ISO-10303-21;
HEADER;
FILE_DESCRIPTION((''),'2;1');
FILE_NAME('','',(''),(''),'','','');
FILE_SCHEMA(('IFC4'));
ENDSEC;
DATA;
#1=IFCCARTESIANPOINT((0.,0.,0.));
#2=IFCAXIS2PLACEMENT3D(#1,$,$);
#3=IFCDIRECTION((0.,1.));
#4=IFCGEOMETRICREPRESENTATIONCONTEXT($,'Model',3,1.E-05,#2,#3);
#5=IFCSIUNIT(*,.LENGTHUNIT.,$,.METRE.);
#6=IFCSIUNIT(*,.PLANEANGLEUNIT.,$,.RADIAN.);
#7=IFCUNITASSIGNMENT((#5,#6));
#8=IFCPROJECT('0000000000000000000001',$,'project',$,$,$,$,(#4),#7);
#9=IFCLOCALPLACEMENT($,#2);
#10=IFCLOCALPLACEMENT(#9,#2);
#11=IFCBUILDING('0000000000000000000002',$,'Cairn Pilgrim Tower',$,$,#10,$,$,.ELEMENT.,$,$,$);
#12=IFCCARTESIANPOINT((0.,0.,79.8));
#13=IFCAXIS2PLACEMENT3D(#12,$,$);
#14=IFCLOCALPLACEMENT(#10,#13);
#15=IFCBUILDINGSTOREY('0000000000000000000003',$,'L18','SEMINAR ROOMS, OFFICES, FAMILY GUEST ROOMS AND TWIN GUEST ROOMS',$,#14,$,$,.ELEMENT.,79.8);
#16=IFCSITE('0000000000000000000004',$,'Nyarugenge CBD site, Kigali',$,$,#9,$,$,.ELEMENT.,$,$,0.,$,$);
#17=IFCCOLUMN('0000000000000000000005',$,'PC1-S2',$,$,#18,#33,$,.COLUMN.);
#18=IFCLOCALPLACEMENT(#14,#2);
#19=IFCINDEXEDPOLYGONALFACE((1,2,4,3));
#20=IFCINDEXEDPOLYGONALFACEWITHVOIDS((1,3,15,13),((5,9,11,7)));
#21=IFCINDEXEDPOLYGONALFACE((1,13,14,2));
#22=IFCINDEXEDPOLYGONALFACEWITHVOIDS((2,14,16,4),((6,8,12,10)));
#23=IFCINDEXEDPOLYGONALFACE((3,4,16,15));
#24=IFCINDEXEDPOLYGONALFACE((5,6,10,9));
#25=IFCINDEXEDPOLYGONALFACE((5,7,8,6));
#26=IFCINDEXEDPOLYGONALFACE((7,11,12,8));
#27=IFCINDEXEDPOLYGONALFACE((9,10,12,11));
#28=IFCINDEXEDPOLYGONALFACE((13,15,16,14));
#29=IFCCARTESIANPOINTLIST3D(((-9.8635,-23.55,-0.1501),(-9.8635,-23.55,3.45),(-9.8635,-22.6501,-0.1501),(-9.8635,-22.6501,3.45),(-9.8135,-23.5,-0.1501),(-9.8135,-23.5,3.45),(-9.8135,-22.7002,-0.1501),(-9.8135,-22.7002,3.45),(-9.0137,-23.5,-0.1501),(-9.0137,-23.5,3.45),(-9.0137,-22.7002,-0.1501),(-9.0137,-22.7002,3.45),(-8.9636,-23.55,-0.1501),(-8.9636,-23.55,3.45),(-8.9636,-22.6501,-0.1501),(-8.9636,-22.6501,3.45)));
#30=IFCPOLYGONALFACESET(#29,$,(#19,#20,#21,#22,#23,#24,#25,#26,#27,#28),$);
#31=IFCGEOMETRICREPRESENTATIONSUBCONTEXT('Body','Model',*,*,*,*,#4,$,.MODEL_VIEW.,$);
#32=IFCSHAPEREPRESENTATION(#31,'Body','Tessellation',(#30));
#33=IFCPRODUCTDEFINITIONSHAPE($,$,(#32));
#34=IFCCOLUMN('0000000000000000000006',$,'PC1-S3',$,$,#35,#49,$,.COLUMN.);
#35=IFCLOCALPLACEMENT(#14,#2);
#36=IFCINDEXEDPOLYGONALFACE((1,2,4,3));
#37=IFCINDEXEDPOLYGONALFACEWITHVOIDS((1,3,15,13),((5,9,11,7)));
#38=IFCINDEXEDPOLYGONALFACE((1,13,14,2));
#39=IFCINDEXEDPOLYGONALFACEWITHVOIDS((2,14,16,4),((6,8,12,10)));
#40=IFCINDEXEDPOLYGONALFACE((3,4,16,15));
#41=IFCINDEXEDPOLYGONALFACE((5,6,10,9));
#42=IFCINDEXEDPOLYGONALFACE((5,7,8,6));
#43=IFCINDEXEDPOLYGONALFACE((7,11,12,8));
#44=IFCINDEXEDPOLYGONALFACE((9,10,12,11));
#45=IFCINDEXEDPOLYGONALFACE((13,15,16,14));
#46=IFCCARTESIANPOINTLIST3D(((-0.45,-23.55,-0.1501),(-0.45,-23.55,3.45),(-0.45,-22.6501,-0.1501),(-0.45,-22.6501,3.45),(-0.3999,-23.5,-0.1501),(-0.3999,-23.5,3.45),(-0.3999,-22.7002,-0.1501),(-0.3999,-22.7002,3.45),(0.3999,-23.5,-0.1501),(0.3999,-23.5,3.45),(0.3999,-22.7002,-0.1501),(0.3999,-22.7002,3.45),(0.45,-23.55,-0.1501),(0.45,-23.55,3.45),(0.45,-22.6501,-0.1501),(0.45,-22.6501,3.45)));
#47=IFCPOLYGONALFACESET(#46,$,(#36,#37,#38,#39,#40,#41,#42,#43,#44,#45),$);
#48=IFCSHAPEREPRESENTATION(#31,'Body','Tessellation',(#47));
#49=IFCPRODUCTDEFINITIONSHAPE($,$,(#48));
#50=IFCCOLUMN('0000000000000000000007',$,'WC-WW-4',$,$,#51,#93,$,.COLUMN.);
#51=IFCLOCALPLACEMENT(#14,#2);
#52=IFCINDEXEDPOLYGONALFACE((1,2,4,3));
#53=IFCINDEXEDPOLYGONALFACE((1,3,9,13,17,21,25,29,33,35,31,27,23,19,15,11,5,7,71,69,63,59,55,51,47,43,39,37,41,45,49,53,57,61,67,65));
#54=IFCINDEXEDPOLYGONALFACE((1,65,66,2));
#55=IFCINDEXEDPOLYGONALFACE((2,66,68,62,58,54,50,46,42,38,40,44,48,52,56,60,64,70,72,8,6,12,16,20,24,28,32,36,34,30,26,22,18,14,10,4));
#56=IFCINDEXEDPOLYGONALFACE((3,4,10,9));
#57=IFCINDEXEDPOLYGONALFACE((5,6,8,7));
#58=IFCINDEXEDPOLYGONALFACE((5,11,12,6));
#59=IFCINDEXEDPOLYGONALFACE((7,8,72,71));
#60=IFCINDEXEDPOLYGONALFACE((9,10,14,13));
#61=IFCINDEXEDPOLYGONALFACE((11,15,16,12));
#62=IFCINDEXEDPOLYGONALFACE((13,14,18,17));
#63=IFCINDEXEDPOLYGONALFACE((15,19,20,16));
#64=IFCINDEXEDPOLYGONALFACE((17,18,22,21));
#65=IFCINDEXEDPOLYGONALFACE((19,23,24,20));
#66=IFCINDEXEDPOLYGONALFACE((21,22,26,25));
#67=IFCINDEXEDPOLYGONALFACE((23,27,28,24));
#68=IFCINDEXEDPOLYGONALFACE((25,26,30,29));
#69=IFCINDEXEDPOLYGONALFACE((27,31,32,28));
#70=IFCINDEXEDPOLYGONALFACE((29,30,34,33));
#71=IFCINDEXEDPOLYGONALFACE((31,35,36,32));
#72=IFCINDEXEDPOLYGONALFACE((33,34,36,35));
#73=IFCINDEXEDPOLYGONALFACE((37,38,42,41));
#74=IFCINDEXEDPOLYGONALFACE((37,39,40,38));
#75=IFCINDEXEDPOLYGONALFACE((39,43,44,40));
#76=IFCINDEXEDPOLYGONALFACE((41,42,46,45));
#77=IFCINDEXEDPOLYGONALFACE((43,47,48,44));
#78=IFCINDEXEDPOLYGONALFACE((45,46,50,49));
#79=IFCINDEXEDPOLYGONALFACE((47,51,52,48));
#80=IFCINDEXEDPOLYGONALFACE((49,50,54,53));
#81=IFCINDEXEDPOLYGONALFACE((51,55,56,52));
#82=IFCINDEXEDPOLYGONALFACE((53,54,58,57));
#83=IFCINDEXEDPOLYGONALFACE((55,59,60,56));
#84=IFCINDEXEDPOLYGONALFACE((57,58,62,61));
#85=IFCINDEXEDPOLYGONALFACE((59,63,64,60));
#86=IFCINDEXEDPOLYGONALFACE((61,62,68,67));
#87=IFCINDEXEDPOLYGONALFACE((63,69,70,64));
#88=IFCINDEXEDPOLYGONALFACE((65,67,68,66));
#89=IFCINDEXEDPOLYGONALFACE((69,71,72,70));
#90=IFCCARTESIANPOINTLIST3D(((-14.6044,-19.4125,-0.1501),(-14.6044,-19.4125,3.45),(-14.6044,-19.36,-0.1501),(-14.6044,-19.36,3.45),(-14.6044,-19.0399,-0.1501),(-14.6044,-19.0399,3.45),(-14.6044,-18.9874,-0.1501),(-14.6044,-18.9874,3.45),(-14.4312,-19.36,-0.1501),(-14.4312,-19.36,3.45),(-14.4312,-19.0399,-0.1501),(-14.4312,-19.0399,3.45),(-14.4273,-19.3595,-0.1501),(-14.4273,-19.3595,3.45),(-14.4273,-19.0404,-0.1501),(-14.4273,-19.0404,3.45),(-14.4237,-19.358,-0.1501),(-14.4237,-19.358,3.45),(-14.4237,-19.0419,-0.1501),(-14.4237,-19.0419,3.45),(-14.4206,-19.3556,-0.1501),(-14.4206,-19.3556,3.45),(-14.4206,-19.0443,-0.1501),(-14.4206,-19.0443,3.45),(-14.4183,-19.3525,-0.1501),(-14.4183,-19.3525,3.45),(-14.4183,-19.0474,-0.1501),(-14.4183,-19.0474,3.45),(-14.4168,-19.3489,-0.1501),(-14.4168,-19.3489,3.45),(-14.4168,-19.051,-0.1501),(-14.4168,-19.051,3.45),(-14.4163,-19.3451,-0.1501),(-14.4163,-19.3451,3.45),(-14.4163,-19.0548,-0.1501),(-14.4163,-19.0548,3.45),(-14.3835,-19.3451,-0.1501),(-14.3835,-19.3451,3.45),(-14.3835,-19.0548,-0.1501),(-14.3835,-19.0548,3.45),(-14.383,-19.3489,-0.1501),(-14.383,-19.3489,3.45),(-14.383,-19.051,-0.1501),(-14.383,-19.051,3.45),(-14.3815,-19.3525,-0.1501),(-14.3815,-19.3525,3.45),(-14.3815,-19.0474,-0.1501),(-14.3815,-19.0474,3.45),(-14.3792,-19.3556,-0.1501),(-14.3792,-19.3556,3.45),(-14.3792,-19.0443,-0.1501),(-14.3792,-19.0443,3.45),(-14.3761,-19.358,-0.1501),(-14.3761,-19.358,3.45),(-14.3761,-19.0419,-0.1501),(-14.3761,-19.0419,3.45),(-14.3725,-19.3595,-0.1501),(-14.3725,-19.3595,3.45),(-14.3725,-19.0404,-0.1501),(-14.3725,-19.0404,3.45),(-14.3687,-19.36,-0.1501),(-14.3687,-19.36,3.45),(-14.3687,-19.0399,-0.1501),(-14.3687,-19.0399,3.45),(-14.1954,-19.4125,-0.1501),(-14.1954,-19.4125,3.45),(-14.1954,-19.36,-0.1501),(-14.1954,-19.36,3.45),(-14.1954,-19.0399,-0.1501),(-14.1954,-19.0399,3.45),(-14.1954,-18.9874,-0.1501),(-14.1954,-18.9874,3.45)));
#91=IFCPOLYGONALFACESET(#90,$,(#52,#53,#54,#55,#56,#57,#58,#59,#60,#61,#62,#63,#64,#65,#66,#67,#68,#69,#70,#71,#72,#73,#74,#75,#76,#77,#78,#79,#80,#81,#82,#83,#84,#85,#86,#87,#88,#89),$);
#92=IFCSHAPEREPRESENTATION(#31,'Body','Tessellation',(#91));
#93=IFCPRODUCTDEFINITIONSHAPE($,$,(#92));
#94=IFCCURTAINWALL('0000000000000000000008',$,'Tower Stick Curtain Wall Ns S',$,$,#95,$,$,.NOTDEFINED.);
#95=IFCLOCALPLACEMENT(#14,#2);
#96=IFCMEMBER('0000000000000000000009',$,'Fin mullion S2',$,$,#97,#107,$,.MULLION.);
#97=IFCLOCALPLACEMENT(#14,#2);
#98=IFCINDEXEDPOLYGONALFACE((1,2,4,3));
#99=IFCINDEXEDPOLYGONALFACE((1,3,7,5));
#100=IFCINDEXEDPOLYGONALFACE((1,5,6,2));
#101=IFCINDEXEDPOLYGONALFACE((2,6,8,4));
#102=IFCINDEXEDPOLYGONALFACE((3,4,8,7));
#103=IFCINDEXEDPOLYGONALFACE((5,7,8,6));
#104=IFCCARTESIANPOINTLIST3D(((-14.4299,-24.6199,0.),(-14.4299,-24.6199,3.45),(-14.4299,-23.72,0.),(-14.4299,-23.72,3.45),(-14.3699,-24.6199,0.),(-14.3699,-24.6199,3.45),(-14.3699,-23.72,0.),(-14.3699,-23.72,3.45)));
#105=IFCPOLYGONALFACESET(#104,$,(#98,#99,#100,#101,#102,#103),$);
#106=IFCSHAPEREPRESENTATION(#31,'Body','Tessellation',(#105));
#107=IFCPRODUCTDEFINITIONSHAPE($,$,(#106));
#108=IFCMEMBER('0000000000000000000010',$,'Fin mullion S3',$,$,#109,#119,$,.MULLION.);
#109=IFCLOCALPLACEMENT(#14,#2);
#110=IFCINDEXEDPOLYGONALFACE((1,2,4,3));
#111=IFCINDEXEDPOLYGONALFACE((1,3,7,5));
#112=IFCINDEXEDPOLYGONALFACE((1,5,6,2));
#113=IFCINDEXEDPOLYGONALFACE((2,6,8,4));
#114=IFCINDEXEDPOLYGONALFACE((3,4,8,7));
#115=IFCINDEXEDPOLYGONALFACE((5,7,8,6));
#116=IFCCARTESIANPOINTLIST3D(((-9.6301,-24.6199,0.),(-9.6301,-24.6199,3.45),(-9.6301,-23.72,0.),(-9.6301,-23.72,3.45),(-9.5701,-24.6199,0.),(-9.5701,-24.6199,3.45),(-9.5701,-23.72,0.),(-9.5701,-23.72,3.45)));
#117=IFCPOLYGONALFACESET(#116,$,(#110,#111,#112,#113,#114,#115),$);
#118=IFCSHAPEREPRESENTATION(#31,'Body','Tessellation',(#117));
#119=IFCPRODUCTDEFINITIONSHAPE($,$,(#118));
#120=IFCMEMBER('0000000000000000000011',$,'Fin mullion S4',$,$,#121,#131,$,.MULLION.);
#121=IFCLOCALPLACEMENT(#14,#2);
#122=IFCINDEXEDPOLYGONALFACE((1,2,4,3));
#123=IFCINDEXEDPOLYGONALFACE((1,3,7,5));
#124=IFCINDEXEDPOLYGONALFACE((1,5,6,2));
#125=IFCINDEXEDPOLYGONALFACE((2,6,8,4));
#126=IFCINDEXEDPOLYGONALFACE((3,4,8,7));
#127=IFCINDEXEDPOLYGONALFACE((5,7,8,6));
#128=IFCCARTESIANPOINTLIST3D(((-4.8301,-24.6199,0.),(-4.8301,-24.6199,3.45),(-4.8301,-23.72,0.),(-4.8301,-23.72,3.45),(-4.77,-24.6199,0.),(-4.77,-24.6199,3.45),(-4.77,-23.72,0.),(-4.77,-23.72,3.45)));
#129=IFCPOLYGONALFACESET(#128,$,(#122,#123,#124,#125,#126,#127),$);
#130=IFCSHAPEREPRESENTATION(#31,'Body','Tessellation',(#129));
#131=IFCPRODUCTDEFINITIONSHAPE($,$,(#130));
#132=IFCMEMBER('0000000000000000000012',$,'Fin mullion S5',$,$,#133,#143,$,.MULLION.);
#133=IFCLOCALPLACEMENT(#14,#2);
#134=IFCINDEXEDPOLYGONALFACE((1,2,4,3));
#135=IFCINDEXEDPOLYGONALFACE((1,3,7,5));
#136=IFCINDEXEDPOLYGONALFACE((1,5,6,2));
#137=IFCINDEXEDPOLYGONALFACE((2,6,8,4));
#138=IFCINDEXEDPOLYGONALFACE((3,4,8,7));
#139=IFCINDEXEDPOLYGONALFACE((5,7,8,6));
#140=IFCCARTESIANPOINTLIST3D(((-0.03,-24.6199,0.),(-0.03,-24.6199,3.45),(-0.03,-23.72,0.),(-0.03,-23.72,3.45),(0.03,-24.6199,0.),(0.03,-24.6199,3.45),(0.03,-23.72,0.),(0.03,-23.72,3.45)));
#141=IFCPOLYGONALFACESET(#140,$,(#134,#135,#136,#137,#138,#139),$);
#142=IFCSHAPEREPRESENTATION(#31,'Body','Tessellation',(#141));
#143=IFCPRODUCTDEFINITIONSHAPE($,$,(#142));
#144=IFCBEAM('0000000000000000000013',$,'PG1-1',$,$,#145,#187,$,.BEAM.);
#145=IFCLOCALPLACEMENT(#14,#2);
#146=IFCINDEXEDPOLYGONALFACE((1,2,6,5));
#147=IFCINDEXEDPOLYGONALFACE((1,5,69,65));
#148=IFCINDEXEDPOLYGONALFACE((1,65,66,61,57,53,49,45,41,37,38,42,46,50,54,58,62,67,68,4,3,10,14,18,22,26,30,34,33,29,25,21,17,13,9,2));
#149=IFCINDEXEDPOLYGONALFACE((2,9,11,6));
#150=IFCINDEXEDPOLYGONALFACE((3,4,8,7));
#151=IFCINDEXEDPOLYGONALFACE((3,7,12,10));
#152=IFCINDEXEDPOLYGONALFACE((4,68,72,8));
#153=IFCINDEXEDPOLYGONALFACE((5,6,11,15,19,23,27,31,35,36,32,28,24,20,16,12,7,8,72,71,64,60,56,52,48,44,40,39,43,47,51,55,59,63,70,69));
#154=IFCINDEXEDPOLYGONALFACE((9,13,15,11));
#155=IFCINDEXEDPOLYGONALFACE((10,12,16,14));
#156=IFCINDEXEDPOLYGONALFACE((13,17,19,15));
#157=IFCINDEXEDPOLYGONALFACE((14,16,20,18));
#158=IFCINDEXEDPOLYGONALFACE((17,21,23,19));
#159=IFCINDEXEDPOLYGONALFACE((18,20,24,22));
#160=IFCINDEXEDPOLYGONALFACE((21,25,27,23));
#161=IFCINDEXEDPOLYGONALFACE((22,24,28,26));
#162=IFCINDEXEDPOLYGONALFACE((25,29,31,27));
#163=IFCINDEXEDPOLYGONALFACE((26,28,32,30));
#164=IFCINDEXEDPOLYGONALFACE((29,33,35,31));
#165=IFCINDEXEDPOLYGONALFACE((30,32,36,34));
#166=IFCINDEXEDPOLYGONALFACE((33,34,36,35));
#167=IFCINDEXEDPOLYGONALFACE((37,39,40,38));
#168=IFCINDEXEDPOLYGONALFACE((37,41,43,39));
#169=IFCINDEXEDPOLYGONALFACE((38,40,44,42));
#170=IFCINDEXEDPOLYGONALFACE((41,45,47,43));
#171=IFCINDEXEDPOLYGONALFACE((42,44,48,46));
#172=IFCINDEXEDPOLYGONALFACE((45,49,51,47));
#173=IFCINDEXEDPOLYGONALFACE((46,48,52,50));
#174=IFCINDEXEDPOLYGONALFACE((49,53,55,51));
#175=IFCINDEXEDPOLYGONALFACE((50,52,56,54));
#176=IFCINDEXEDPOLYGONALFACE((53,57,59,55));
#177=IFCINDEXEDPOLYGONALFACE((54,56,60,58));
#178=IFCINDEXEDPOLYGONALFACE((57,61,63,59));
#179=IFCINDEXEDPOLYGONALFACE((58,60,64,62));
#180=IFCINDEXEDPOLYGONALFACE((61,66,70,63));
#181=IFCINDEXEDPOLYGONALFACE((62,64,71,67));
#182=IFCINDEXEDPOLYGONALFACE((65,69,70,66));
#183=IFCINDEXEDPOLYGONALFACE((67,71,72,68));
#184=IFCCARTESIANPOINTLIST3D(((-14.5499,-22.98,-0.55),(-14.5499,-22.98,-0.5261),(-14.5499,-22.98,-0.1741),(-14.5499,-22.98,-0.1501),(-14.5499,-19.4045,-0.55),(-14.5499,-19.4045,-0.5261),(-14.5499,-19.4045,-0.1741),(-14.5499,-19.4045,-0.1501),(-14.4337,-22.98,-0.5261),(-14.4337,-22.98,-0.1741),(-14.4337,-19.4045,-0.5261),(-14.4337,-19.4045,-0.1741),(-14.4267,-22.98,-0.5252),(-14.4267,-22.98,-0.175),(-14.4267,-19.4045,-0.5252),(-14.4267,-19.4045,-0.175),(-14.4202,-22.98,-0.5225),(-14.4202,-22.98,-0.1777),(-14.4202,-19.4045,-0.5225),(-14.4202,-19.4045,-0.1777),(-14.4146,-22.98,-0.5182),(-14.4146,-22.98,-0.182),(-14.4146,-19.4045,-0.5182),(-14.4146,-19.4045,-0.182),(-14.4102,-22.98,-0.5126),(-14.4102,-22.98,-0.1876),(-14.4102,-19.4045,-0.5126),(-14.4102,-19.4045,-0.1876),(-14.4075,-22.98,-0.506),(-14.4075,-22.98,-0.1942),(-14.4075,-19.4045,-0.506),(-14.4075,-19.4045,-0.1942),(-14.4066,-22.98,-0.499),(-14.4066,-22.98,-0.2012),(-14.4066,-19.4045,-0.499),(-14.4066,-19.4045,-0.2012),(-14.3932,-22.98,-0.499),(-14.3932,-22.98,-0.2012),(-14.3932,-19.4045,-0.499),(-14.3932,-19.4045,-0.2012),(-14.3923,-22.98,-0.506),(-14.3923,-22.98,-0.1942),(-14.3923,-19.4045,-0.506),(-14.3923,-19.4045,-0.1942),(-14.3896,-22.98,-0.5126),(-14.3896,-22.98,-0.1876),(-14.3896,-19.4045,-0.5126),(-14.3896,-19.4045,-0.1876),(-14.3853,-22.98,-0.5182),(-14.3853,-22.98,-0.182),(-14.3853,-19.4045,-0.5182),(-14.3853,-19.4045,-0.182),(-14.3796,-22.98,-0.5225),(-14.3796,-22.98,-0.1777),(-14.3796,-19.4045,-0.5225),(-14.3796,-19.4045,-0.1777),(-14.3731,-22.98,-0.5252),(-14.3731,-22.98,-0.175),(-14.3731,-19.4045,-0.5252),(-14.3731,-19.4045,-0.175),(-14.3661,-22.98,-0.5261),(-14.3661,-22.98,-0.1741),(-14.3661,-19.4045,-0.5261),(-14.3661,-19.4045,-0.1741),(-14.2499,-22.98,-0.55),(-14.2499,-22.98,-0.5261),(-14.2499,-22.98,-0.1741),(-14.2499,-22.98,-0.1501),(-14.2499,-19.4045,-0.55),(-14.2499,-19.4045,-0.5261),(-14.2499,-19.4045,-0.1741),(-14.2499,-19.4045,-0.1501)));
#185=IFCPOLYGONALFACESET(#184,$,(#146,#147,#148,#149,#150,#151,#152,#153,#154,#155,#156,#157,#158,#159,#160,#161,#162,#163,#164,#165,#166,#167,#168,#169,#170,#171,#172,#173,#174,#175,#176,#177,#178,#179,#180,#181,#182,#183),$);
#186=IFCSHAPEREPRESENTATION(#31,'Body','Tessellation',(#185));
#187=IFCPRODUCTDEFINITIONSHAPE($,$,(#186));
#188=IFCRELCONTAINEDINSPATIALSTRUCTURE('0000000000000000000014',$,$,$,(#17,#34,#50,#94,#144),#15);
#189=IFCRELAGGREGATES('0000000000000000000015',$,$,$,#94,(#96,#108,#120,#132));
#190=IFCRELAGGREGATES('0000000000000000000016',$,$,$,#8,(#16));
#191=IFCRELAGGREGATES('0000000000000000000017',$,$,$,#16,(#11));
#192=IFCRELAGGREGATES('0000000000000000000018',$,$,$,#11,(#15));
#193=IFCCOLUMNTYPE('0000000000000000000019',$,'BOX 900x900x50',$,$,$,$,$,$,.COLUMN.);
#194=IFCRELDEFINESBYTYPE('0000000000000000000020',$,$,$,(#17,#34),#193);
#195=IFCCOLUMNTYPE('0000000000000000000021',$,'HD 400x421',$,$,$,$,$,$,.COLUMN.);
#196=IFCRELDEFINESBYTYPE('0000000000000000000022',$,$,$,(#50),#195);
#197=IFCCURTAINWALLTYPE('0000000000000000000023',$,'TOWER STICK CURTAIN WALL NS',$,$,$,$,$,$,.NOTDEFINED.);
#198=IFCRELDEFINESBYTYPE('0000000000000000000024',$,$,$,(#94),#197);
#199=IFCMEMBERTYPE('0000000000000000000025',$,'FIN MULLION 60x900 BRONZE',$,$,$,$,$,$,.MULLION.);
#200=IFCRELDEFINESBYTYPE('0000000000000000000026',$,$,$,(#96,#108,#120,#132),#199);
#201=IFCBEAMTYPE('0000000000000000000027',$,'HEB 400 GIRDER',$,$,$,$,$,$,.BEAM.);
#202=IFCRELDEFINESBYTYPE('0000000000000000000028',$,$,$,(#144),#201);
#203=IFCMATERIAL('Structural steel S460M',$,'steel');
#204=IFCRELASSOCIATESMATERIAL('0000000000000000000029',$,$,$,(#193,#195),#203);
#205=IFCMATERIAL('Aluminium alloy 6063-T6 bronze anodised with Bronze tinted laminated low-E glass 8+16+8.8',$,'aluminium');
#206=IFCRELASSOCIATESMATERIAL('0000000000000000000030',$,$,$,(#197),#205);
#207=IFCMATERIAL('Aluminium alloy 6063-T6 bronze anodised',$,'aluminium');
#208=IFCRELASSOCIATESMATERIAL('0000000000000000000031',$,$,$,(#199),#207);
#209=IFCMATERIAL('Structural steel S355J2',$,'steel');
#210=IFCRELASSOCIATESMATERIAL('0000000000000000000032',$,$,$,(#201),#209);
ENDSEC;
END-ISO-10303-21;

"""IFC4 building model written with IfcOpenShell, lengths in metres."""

from ifc_helpers import new_model, si_unit, direction, frame, origin, origin_2d, place, context, subcontext, project, spatial, rectangle, hollow_rectangle, i_section, extrude, material, material_profile, profile_set, type_object, element, aggregate, save


model = new_model("IFC4")

# Units and contexts
model_context = context("Model", 3, precision=1e-05, world=origin(), true_north=direction((0.0, 1.0)))
body_context = subcontext(model_context, "Body", "Model", "MODEL_VIEW")
ifc_project = project(units=[si_unit("LENGTHUNIT", "METRE"), si_unit("PLANEANGLEUNIT", "RADIAN")], contexts=[model_context])

# Site, building, storey
site_placement = place(None, origin())
site = spatial("IfcSite", under=ifc_project, at=site_placement, Name="Nyarugenge CBD site, Kigali", CompositionType="ELEMENT", RefElevation=0.0)
building_placement = place(site_placement, origin())
building = spatial("IfcBuilding", under=site, at=building_placement, Name="Cairn Pilgrim Tower", CompositionType="ELEMENT")
storey_placement = place(building_placement, frame((0.0, 0.0, 79.8)))
storey = spatial("IfcBuildingStorey", under=building, at=storey_placement, Name="L18", Description="SEMINAR ROOMS, OFFICES, FAMILY GUEST ROOMS AND TWIN GUEST ROOMS", CompositionType="ELEMENT", Elevation=79.8)

# Columns
ifc_material_1 = material(Name="Structural steel S460M", Category="steel")
ifc_material_profile_1 = material_profile(ifc_material_1, hollow_rectangle(XDim=0.8999, YDim=0.8999, WallThickness=0.05, at=origin_2d()), Name="BOX 900x900x50")
ifc_profile_set_1 = profile_set([ifc_material_profile_1], Name="Structural steel S460M")
column_type_1 = type_object("IfcColumnType", Name="BOX 900x900x50", PredefinedType="COLUMN", material=ifc_profile_set_1)
for number, where, z_axis, x_axis, name in (
    (1, (-9.4136, -23.1001, -0.1501), (0.0, 0.0, 1.0), (1.0, 0.0, 0.0), "PC1-S2"),
    (2, (0.0, -23.1001, -0.1501), (0.0, 0.0, 1.0), (1.0, 0.0, 0.0), "PC1-S3"),
):
    element("IfcColumn", number, at=place(storey_placement, frame(where, z_axis=z_axis, x_axis=x_axis)), inside=storey, type_object=column_type_1, Name=name, PredefinedType="COLUMN", context=body_context, shape_type="SweptSolid", body=[
        extrude(hollow_rectangle(XDim=0.8999, YDim=0.8999, WallThickness=0.05, at=origin_2d()), origin(), (0.0, 0.0, 1.0), 3.6001),
    ])
ifc_material_profile_2 = material_profile(ifc_material_1, i_section(OverallWidth=0.4089, OverallDepth=0.425, WebThickness=0.0327, FlangeThickness=0.0525, FilletRadius=0.0149, at=origin_2d()), Name="HD 400x421")
ifc_profile_set_2 = profile_set([ifc_material_profile_2], Name="Structural steel S460M")
column_type_2 = type_object("IfcColumnType", Name="HD 400x421", PredefinedType="COLUMN", material=ifc_profile_set_2)
column_placement = place(storey_placement, frame((-14.3999, -19.2, -0.1501), z_axis=(0.0, 0.0, 1.0), x_axis=(1.0, 0.0, 0.0)))
element("IfcColumn", 3, at=column_placement, inside=storey, type_object=column_type_2, Name="WC-WW-4", PredefinedType="COLUMN", context=body_context, shape_type="SweptSolid", body=[
    extrude(i_section(OverallWidth=0.4089, OverallDepth=0.425, WebThickness=0.0327, FlangeThickness=0.0525, FilletRadius=0.0149, at=origin_2d()), origin(), (0.0, 0.0, 1.0), 3.6001),
])

# Curtain wall, members
ifc_material_2 = material(Name="Aluminium alloy 6063-T6 bronze anodised with Bronze tinted laminated low-E glass 8+16+8.8", Category="aluminium")
curtain_wall_type = type_object("IfcCurtainWallType", Name="TOWER STICK CURTAIN WALL NS", PredefinedType="NOTDEFINED", material=ifc_material_2)
curtain_wall_placement = place(storey_placement, origin())
curtain_wall = element("IfcCurtainWall", 4, at=curtain_wall_placement, inside=storey, type_object=curtain_wall_type, Name="Tower Stick Curtain Wall Ns S", PredefinedType="NOTDEFINED")
ifc_material_3 = material(Name="Aluminium alloy 6063-T6 bronze anodised", Category="aluminium")
ifc_material_profile_3 = material_profile(ifc_material_3, rectangle(XDim=0.8999, YDim=0.0601, at=origin_2d()), Name="FIN MULLION 60x900 BRONZE")
ifc_profile_set_3 = profile_set([ifc_material_profile_3], Name="Aluminium alloy 6063-T6 bronze anodised")
member_type_1 = type_object("IfcMemberType", Name="FIN MULLION 60x900 BRONZE", PredefinedType="MULLION", material=ifc_profile_set_3)
member_1_placement = place(storey_placement, frame((-14.3999, -24.1699, 0.0), z_axis=(0.0, 0.0, 1.0), x_axis=(0.0, -1.0, 0.0)))
member_1 = element("IfcMember", 5, at=member_1_placement, type_object=member_type_1, Name="Fin mullion S2", PredefinedType="MULLION", context=body_context, shape_type="SweptSolid", body=[
    extrude(rectangle(XDim=0.8999, YDim=0.0601, at=origin_2d()), origin(), (0.0, 0.0, 1.0), 3.45),
])
member_2_placement = place(storey_placement, frame((-9.6001, -24.1699, 0.0), z_axis=(0.0, 0.0, 1.0), x_axis=(0.0, -1.0, 0.0)))
member_2 = element("IfcMember", 6, at=member_2_placement, type_object=member_type_1, Name="Fin mullion S3", PredefinedType="MULLION", context=body_context, shape_type="SweptSolid", body=[
    extrude(rectangle(XDim=0.8999, YDim=0.0601, at=origin_2d()), origin(), (0.0, 0.0, 1.0), 3.45),
])
member_3_placement = place(storey_placement, frame((-4.8, -24.1699, 0.0), z_axis=(0.0, 0.0, 1.0), x_axis=(0.0, -1.0, 0.0)))
member_3 = element("IfcMember", 7, at=member_3_placement, type_object=member_type_1, Name="Fin mullion S4", PredefinedType="MULLION", context=body_context, shape_type="SweptSolid", body=[
    extrude(rectangle(XDim=0.8999, YDim=0.0601, at=origin_2d()), origin(), (0.0, 0.0, 1.0), 3.45),
])
member_4_placement = place(storey_placement, frame((0.0, -24.1699, 0.0), z_axis=(0.0, 0.0, 1.0), x_axis=(0.0, -1.0, 0.0)))
member_4 = element("IfcMember", 8, at=member_4_placement, type_object=member_type_1, Name="Fin mullion S5", PredefinedType="MULLION", context=body_context, shape_type="SweptSolid", body=[
    extrude(rectangle(XDim=0.8999, YDim=0.0601, at=origin_2d()), origin(), (0.0, 0.0, 1.0), 3.45),
])

# Beam
ifc_material_4 = material(Name="Structural steel S355J2", Category="steel")
ifc_material_profile_4 = material_profile(ifc_material_4, i_section(OverallWidth=0.3, OverallDepth=0.3999, WebThickness=0.0134, FlangeThickness=0.0239, FilletRadius=0.0271, at=origin_2d()), Name="HEB 400")
ifc_profile_set_4 = profile_set([ifc_material_profile_4], Name="Structural steel S355J2")
beam_type_1 = type_object("IfcBeamType", Name="HEB 400 GIRDER", PredefinedType="BEAM", material=ifc_profile_set_4)
beam_1_placement = place(storey_placement, frame((-14.3999, -22.98, -0.3501), z_axis=(0.0, 1.0, 0.0), x_axis=(-1.0, 0.0, 0.0)))
element("IfcBeam", 9, at=beam_1_placement, inside=storey, type_object=beam_type_1, Name="PG1-1", PredefinedType="BEAM", context=body_context, shape_type="SweptSolid", body=[
    extrude(i_section(OverallWidth=0.3, OverallDepth=0.3999, WebThickness=0.0134, FlangeThickness=0.0239, FilletRadius=0.0271, at=origin_2d()), origin(), (0.0, 0.0, 1.0), 3.5754),
])

aggregate(curtain_wall, [member_1, member_2, member_3, member_4])

save(model, "model.ifc")
